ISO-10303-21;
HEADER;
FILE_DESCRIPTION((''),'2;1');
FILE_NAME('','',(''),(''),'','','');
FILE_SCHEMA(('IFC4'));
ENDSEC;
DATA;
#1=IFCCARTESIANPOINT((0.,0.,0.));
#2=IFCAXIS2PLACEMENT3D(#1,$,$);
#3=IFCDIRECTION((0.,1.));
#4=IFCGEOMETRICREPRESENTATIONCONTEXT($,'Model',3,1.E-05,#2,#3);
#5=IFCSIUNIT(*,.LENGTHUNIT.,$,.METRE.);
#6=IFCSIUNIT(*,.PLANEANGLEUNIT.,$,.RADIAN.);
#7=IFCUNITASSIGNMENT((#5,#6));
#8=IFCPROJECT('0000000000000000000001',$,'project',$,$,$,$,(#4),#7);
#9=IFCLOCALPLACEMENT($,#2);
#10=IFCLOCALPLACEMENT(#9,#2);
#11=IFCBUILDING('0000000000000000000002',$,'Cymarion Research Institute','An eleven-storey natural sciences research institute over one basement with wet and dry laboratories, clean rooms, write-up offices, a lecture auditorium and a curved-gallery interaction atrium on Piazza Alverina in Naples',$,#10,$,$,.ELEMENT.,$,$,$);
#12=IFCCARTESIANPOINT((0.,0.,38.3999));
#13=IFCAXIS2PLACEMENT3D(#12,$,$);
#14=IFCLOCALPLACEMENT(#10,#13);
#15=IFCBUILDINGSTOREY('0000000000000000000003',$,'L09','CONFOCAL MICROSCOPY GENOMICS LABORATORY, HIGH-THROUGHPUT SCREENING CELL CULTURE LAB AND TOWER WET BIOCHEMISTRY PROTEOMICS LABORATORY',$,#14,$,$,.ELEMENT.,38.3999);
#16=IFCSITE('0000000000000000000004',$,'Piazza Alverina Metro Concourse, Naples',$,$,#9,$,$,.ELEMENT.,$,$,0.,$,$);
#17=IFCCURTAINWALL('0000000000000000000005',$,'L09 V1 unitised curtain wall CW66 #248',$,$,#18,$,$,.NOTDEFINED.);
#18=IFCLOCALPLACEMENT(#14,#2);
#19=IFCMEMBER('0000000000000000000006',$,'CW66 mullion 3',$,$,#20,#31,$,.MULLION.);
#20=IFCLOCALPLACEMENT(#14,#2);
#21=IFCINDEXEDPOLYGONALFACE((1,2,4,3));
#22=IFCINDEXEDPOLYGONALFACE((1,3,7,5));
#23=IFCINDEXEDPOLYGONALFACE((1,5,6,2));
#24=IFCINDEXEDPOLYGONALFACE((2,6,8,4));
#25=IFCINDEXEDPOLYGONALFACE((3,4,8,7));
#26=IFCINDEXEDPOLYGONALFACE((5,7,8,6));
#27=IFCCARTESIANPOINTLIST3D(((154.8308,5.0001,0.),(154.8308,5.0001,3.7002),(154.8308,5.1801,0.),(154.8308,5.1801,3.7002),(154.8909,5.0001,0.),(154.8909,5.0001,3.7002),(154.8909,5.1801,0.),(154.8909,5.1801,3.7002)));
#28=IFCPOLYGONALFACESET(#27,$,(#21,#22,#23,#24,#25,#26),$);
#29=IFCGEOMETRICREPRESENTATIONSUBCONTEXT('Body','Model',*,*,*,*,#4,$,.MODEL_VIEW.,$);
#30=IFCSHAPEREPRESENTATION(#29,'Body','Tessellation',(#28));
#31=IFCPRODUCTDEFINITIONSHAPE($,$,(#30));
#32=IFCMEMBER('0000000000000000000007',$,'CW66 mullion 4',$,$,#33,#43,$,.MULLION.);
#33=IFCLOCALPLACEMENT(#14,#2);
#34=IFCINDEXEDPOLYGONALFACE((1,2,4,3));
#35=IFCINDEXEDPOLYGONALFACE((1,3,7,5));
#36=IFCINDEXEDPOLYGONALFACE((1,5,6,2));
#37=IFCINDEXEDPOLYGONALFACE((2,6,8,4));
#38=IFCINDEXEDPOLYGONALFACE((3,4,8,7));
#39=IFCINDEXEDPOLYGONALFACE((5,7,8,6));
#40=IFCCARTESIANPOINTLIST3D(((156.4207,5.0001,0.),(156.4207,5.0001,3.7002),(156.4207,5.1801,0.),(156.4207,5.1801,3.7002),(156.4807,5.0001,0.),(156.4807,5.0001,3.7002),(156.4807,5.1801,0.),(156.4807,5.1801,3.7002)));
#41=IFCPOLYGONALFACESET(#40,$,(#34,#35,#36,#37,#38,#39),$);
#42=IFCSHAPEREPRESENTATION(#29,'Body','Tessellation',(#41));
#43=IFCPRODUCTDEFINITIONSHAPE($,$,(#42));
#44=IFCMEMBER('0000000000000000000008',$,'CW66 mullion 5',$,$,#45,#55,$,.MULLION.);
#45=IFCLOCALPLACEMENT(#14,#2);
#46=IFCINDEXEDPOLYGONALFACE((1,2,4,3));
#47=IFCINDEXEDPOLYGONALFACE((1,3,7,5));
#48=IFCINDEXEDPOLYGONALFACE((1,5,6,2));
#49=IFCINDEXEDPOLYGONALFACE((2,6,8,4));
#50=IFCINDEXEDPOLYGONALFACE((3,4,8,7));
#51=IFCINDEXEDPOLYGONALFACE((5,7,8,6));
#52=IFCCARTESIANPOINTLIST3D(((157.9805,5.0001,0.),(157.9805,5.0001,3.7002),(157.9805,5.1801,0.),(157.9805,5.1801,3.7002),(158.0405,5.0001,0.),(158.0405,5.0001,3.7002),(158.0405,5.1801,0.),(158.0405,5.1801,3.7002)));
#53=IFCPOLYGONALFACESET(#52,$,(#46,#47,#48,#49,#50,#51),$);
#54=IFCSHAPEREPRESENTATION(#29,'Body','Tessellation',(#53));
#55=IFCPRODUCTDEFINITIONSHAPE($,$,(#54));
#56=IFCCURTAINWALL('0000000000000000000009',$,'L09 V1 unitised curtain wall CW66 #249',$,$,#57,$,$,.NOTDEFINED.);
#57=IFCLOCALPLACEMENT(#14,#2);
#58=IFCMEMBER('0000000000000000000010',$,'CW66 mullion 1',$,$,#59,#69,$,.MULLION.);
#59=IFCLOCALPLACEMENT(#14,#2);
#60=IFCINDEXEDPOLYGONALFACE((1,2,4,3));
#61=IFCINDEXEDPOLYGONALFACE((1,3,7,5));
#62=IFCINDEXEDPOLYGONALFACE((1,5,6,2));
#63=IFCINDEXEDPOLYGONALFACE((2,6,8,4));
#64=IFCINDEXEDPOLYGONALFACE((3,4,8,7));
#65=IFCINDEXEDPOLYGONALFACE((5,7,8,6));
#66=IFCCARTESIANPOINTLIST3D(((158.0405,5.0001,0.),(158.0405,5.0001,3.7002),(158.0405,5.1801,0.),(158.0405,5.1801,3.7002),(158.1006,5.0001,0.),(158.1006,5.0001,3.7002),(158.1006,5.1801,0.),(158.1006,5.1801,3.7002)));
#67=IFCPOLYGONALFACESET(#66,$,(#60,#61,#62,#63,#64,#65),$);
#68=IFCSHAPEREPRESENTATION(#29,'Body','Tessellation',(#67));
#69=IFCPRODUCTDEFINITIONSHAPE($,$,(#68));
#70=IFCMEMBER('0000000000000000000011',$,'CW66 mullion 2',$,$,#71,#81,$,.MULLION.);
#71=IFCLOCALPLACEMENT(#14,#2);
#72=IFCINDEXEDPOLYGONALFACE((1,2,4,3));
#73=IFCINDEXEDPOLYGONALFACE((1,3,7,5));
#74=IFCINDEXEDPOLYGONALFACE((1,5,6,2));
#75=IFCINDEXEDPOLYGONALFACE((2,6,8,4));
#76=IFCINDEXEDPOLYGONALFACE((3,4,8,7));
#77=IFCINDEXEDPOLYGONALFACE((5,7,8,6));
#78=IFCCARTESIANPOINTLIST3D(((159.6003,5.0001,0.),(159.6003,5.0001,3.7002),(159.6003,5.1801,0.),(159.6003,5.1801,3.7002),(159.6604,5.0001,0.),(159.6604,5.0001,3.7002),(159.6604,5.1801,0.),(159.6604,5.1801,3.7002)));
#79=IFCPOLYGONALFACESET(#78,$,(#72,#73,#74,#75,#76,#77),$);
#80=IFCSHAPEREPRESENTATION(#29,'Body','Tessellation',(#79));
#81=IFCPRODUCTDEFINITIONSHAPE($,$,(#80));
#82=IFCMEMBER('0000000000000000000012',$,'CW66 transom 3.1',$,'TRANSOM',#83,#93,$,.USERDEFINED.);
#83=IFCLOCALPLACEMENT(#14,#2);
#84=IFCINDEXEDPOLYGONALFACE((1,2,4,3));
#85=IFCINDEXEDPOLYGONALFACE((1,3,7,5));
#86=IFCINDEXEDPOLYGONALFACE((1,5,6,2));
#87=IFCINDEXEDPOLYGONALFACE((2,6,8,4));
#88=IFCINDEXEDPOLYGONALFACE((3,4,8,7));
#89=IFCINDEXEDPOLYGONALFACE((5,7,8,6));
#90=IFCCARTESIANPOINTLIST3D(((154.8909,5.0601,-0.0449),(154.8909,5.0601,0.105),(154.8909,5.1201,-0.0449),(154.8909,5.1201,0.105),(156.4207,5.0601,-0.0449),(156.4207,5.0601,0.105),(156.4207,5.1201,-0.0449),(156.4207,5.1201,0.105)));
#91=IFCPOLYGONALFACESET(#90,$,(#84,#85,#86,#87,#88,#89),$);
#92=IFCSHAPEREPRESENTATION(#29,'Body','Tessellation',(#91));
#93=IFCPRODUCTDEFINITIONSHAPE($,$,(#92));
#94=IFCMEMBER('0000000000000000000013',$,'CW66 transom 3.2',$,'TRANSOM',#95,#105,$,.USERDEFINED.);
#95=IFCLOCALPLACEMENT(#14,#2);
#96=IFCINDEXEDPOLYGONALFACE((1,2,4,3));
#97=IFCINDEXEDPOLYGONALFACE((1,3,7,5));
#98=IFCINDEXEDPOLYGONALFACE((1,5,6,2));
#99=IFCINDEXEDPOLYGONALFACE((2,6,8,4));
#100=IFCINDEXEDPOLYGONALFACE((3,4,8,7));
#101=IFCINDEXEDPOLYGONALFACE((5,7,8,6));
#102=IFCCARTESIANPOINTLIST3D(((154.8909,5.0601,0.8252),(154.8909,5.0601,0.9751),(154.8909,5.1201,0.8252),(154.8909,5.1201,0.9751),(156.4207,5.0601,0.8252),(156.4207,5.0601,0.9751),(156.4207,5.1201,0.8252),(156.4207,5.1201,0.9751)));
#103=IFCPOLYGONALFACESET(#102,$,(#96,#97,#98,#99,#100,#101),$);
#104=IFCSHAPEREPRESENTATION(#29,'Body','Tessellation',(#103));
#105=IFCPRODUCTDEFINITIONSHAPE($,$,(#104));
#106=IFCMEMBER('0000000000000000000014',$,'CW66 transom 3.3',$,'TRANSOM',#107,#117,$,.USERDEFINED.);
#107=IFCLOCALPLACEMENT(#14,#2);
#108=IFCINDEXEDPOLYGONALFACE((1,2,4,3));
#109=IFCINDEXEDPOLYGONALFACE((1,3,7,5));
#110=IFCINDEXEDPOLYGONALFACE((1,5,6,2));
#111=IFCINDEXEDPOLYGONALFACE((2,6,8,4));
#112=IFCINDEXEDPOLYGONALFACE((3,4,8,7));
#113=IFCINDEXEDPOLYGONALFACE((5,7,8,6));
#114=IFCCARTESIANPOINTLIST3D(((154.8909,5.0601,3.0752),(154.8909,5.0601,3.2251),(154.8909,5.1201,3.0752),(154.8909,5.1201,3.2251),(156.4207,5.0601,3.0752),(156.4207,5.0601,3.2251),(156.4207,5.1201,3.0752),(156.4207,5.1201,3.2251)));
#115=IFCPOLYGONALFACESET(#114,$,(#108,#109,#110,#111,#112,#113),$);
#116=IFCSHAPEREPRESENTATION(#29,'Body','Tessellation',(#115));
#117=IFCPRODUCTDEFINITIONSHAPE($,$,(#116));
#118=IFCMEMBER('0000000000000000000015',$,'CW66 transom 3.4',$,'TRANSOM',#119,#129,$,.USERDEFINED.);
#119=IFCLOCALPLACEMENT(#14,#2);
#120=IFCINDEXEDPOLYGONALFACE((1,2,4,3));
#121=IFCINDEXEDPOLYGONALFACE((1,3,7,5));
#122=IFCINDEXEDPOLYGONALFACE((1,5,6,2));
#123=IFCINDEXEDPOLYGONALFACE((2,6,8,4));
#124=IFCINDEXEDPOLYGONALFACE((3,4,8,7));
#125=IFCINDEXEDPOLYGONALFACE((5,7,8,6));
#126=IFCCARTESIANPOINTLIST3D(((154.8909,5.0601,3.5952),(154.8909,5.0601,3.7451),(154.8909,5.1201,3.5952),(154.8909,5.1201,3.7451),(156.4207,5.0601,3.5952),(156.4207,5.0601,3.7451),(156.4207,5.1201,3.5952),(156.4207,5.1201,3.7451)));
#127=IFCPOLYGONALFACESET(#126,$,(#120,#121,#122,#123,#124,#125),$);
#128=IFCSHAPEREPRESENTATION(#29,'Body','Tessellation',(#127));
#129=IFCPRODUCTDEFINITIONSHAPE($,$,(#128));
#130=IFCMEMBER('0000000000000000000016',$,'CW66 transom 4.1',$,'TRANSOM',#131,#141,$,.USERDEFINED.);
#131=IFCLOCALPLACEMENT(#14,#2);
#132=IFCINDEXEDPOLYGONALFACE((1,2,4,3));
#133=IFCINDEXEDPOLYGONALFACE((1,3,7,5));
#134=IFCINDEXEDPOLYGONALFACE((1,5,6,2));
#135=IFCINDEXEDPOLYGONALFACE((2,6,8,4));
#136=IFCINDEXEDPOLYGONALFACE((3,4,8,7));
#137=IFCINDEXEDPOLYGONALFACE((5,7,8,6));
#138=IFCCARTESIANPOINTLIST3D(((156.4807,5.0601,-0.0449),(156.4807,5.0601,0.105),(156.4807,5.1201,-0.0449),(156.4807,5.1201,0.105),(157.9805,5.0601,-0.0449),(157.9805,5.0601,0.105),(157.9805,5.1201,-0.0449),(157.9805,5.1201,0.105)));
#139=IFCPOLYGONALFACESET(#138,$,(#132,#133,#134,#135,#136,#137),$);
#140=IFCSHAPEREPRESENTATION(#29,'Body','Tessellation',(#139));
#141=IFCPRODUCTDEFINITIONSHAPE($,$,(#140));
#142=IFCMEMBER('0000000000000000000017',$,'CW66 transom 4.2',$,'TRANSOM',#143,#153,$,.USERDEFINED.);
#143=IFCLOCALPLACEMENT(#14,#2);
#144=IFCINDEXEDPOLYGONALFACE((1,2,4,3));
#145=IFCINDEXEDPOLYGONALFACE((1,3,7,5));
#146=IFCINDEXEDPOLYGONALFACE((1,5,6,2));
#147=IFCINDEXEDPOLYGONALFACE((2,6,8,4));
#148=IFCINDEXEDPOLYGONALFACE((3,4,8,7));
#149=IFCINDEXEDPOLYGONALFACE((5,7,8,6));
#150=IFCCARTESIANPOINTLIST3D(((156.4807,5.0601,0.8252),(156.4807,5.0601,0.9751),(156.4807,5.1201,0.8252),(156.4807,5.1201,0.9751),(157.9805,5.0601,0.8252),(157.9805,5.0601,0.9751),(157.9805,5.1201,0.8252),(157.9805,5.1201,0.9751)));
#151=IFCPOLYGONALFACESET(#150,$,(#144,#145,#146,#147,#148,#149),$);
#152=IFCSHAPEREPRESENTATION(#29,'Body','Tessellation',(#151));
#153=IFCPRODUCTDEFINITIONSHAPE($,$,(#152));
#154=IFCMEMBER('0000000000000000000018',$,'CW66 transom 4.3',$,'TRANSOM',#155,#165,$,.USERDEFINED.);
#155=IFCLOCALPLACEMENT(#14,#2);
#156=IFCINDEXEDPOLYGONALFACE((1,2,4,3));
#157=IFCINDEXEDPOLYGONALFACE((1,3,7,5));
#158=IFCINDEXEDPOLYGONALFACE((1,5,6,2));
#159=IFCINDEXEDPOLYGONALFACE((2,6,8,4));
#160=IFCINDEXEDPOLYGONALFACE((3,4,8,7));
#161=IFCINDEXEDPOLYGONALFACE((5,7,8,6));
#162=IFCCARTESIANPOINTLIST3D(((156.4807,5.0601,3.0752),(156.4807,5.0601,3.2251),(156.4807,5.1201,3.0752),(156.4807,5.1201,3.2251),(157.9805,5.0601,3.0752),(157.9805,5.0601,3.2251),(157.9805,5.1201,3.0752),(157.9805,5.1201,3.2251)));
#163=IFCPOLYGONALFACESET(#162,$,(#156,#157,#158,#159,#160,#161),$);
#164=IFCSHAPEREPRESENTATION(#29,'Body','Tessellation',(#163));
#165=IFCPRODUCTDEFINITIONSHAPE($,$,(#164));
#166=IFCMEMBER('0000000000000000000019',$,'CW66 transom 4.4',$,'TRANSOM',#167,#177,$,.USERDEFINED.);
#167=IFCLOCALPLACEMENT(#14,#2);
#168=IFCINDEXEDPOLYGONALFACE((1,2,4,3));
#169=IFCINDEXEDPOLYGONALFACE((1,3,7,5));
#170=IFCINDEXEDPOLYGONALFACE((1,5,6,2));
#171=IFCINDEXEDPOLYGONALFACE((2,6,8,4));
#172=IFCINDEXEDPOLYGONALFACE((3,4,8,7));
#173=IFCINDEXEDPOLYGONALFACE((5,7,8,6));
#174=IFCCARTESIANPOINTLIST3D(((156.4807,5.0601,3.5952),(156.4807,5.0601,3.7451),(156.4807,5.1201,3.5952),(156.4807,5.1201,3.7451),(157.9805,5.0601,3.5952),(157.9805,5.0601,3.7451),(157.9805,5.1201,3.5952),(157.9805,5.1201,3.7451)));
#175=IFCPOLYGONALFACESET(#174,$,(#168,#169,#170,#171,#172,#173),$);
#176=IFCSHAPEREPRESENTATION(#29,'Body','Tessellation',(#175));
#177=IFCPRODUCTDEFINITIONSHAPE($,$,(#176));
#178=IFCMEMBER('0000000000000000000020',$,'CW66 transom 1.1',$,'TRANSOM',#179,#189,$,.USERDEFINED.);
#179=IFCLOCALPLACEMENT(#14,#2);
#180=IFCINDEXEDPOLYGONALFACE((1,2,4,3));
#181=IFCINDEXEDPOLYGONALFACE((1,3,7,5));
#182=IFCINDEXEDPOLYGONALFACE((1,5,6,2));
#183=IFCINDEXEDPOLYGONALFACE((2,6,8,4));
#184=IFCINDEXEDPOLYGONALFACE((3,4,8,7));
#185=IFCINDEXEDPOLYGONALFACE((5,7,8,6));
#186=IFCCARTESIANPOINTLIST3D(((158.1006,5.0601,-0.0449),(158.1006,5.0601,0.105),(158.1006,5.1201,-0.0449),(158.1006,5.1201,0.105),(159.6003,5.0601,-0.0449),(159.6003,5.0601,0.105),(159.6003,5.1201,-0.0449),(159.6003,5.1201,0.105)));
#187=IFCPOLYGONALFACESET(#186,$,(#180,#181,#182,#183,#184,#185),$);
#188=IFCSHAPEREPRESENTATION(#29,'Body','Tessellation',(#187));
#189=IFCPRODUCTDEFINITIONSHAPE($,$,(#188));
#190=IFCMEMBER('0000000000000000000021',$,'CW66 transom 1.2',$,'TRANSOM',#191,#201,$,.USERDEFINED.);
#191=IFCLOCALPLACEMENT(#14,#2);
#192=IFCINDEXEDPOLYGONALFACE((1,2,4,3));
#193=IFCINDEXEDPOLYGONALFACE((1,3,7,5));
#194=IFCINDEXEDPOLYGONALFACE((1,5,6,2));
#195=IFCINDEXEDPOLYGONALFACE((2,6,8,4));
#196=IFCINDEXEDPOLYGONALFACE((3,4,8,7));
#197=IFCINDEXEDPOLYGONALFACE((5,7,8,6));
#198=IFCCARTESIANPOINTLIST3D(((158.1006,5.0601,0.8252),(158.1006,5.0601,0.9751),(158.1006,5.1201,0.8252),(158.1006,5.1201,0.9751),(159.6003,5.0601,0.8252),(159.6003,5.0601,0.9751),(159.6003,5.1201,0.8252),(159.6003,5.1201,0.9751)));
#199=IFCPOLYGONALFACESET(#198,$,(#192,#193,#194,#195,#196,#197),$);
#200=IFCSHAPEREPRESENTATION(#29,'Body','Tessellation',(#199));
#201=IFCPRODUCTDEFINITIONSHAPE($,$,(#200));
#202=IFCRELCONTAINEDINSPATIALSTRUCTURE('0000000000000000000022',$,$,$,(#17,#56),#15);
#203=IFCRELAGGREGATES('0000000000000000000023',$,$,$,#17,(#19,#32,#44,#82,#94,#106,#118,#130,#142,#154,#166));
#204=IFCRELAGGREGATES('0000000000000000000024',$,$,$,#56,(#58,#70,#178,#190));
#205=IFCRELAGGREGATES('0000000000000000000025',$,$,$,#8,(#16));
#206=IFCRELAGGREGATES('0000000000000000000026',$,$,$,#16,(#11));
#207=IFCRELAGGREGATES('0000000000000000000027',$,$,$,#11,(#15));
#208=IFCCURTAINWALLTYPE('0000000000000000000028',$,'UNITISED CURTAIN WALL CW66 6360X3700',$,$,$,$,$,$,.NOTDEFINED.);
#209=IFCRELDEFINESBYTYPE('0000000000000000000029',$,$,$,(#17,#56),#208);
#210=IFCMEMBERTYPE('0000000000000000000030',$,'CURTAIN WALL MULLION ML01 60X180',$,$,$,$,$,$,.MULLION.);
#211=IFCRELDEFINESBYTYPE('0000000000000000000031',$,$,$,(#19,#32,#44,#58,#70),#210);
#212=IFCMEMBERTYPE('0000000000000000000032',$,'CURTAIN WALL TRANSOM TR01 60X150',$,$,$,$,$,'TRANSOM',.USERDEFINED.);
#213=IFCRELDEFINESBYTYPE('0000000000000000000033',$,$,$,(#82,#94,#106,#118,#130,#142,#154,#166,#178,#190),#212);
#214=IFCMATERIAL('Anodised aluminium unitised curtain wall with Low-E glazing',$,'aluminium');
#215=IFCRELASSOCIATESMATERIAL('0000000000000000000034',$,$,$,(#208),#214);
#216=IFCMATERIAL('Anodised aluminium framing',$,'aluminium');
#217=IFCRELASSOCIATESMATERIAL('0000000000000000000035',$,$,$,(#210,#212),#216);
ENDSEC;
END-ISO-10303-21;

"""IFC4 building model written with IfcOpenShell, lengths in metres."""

from ifc_helpers import new_model, si_unit, direction, frame, origin, origin_2d, place, context, subcontext, project, spatial, rectangle, extrude, material, material_profile, profile_set, type_object, element, aggregate, save


model = new_model("IFC4")

# Units and contexts
model_context = context("Model", 3, precision=1e-05, world=origin(), true_north=direction((0.0, 1.0)))
body_context = subcontext(model_context, "Body", "Model", "MODEL_VIEW")
ifc_project = project(units=[si_unit("LENGTHUNIT", "METRE"), si_unit("PLANEANGLEUNIT", "RADIAN")], contexts=[model_context])

# Site, building, storey
site_placement = place(None, origin())
site = spatial("IfcSite", under=ifc_project, at=site_placement, Name="Piazza Alverina Metro Concourse, Naples", CompositionType="ELEMENT", RefElevation=0.0)
building_placement = place(site_placement, origin())
building = spatial("IfcBuilding", under=site, at=building_placement, Name="Cymarion Research Institute", Description="An eleven-storey natural sciences research institute over one basement with wet and dry laboratories, clean rooms, write-up offices, a lecture auditorium and a curved-gallery interaction atrium on Piazza Alverina in Naples", CompositionType="ELEMENT")
storey_placement = place(building_placement, frame((0.0, 0.0, 38.3999)))
storey = spatial("IfcBuildingStorey", under=building, at=storey_placement, Name="L09", Description="CONFOCAL MICROSCOPY GENOMICS LABORATORY, HIGH-THROUGHPUT SCREENING CELL CULTURE LAB AND TOWER WET BIOCHEMISTRY PROTEOMICS LABORATORY", CompositionType="ELEMENT", Elevation=38.3999)

# Curtain walls, members
ifc_material_1 = material(Name="Anodised aluminium unitised curtain wall with Low-E glazing", Category="aluminium")
curtain_wall_type = type_object("IfcCurtainWallType", Name="UNITISED CURTAIN WALL CW66 6360X3700", PredefinedType="NOTDEFINED", material=ifc_material_1)
curtain_wall_1_placement = place(storey_placement, origin())
curtain_wall_1 = element("IfcCurtainWall", 1, at=curtain_wall_1_placement, inside=storey, type_object=curtain_wall_type, Name="L09 V1 unitised curtain wall CW66 #248", PredefinedType="NOTDEFINED")
ifc_material_2 = material(Name="Anodised aluminium framing", Category="aluminium")
ifc_material_profile_1 = material_profile(ifc_material_2, rectangle(XDim=0.0601, YDim=0.1799, at=origin_2d()), Name="ALU MULLION 60x180")
ifc_profile_set_1 = profile_set([ifc_material_profile_1], Name="Anodised aluminium framing")
member_type_1 = type_object("IfcMemberType", Name="CURTAIN WALL MULLION ML01 60X180", PredefinedType="MULLION", material=ifc_profile_set_1)
member_1_placement = place(storey_placement, frame((154.8608, 5.0901, 0.0), z_axis=(0.0, 0.0, 1.0), x_axis=(1.0, 0.0, 0.0)))
member_1 = element("IfcMember", 2, at=member_1_placement, type_object=member_type_1, Name="CW66 mullion 3", PredefinedType="MULLION", context=body_context, shape_type="SweptSolid", body=[
    extrude(rectangle(XDim=0.0601, YDim=0.1799, at=origin_2d()), origin(), (0.0, 0.0, 1.0), 3.7002),
])
member_2_placement = place(storey_placement, frame((156.4507, 5.0901, 0.0), z_axis=(0.0, 0.0, 1.0), x_axis=(1.0, 0.0, 0.0)))
member_2 = element("IfcMember", 3, at=member_2_placement, type_object=member_type_1, Name="CW66 mullion 4", PredefinedType="MULLION", context=body_context, shape_type="SweptSolid", body=[
    extrude(rectangle(XDim=0.0601, YDim=0.1799, at=origin_2d()), origin(), (0.0, 0.0, 1.0), 3.7002),
])
member_3_placement = place(storey_placement, frame((158.0105, 5.0901, 0.0), z_axis=(0.0, 0.0, 1.0), x_axis=(1.0, 0.0, 0.0)))
member_3 = element("IfcMember", 4, at=member_3_placement, type_object=member_type_1, Name="CW66 mullion 5", PredefinedType="MULLION", context=body_context, shape_type="SweptSolid", body=[
    extrude(rectangle(XDim=0.0601, YDim=0.1799, at=origin_2d()), origin(), (0.0, 0.0, 1.0), 3.7002),
])
curtain_wall_2_placement = place(storey_placement, origin())
curtain_wall_2 = element("IfcCurtainWall", 5, at=curtain_wall_2_placement, inside=storey, type_object=curtain_wall_type, Name="L09 V1 unitised curtain wall CW66 #249", PredefinedType="NOTDEFINED")
member_4_placement = place(storey_placement, frame((158.0706, 5.0901, 0.0), z_axis=(0.0, 0.0, 1.0), x_axis=(1.0, 0.0, 0.0)))
member_4 = element("IfcMember", 6, at=member_4_placement, type_object=member_type_1, Name="CW66 mullion 1", PredefinedType="MULLION", context=body_context, shape_type="SweptSolid", body=[
    extrude(rectangle(XDim=0.0601, YDim=0.1799, at=origin_2d()), origin(), (0.0, 0.0, 1.0), 3.7002),
])
member_5_placement = place(storey_placement, frame((159.6304, 5.0901, 0.0), z_axis=(0.0, 0.0, 1.0), x_axis=(1.0, 0.0, 0.0)))
member_5 = element("IfcMember", 7, at=member_5_placement, type_object=member_type_1, Name="CW66 mullion 2", PredefinedType="MULLION", context=body_context, shape_type="SweptSolid", body=[
    extrude(rectangle(XDim=0.0601, YDim=0.1799, at=origin_2d()), origin(), (0.0, 0.0, 1.0), 3.7002),
])

# Members
ifc_material_profile_2 = material_profile(ifc_material_2, rectangle(XDim=0.0601, YDim=0.1499, at=origin_2d()), Name="ALU TRANSOM 60x150")
ifc_profile_set_2 = profile_set([ifc_material_profile_2], Name="Anodised aluminium framing")
member_type_2 = type_object("IfcMemberType", Name="CURTAIN WALL TRANSOM TR01 60X150", ElementType="TRANSOM", PredefinedType="USERDEFINED", material=ifc_profile_set_2)
member_6_placement = place(storey_placement, frame((154.8909, 5.0901, 0.03), z_axis=(1.0, 0.0, 0.0), x_axis=(0.0, 1.0, 0.0)))
member_6 = element("IfcMember", 8, at=member_6_placement, type_object=member_type_2, Name="CW66 transom 3.1", ObjectType="TRANSOM", PredefinedType="USERDEFINED", context=body_context, shape_type="SweptSolid", body=[
    extrude(rectangle(XDim=0.0601, YDim=0.1499, at=origin_2d()), origin(), (0.0, 0.0, 1.0), 1.5298),
])
member_7_placement = place(storey_placement, frame((154.8909, 5.0901, 0.9001), z_axis=(1.0, 0.0, 0.0), x_axis=(0.0, 1.0, 0.0)))
member_7 = element("IfcMember", 9, at=member_7_placement, type_object=member_type_2, Name="CW66 transom 3.2", ObjectType="TRANSOM", PredefinedType="USERDEFINED", context=body_context, shape_type="SweptSolid", body=[
    extrude(rectangle(XDim=0.0601, YDim=0.1499, at=origin_2d()), origin(), (0.0, 0.0, 1.0), 1.5298),
])
member_8_placement = place(storey_placement, frame((154.8909, 5.0901, 3.1501), z_axis=(1.0, 0.0, 0.0), x_axis=(0.0, 1.0, 0.0)))
member_8 = element("IfcMember", 10, at=member_8_placement, type_object=member_type_2, Name="CW66 transom 3.3", ObjectType="TRANSOM", PredefinedType="USERDEFINED", context=body_context, shape_type="SweptSolid", body=[
    extrude(rectangle(XDim=0.0601, YDim=0.1499, at=origin_2d()), origin(), (0.0, 0.0, 1.0), 1.5298),
])
member_9_placement = place(storey_placement, frame((154.8909, 5.0901, 3.6702), z_axis=(1.0, 0.0, 0.0), x_axis=(0.0, 1.0, 0.0)))
member_9 = element("IfcMember", 11, at=member_9_placement, type_object=member_type_2, Name="CW66 transom 3.4", ObjectType="TRANSOM", PredefinedType="USERDEFINED", context=body_context, shape_type="SweptSolid", body=[
    extrude(rectangle(XDim=0.0601, YDim=0.1499, at=origin_2d()), origin(), (0.0, 0.0, 1.0), 1.5298),
])
member_10_placement = place(storey_placement, frame((156.4807, 5.0901, 0.03), z_axis=(1.0, 0.0, 0.0), x_axis=(0.0, 1.0, 0.0)))
member_10 = element("IfcMember", 12, at=member_10_placement, type_object=member_type_2, Name="CW66 transom 4.1", ObjectType="TRANSOM", PredefinedType="USERDEFINED", context=body_context, shape_type="SweptSolid", body=[
    extrude(rectangle(XDim=0.0601, YDim=0.1499, at=origin_2d()), origin(), (0.0, 0.0, 1.0), 1.4998),
])
member_11_placement = place(storey_placement, frame((156.4807, 5.0901, 0.9001), z_axis=(1.0, 0.0, 0.0), x_axis=(0.0, 1.0, 0.0)))
member_11 = element("IfcMember", 13, at=member_11_placement, type_object=member_type_2, Name="CW66 transom 4.2", ObjectType="TRANSOM", PredefinedType="USERDEFINED", context=body_context, shape_type="SweptSolid", body=[
    extrude(rectangle(XDim=0.0601, YDim=0.1499, at=origin_2d()), origin(), (0.0, 0.0, 1.0), 1.4998),
])
member_12_placement = place(storey_placement, frame((156.4807, 5.0901, 3.1501), z_axis=(1.0, 0.0, 0.0), x_axis=(0.0, 1.0, 0.0)))
member_12 = element("IfcMember", 14, at=member_12_placement, type_object=member_type_2, Name="CW66 transom 4.3", ObjectType="TRANSOM", PredefinedType="USERDEFINED", context=body_context, shape_type="SweptSolid", body=[
    extrude(rectangle(XDim=0.0601, YDim=0.1499, at=origin_2d()), origin(), (0.0, 0.0, 1.0), 1.4998),
])
member_13_placement = place(storey_placement, frame((156.4807, 5.0901, 3.6702), z_axis=(1.0, 0.0, 0.0), x_axis=(0.0, 1.0, 0.0)))
member_13 = element("IfcMember", 15, at=member_13_placement, type_object=member_type_2, Name="CW66 transom 4.4", ObjectType="TRANSOM", PredefinedType="USERDEFINED", context=body_context, shape_type="SweptSolid", body=[
    extrude(rectangle(XDim=0.0601, YDim=0.1499, at=origin_2d()), origin(), (0.0, 0.0, 1.0), 1.4998),
])
member_14_placement = place(storey_placement, frame((158.1006, 5.0901, 0.03), z_axis=(1.0, 0.0, 0.0), x_axis=(0.0, 1.0, 0.0)))
member_14 = element("IfcMember", 16, at=member_14_placement, type_object=member_type_2, Name="CW66 transom 1.1", ObjectType="TRANSOM", PredefinedType="USERDEFINED", context=body_context, shape_type="SweptSolid", body=[
    extrude(rectangle(XDim=0.0601, YDim=0.1499, at=origin_2d()), origin(), (0.0, 0.0, 1.0), 1.4998),
])
member_15_placement = place(storey_placement, frame((158.1006, 5.0901, 0.9001), z_axis=(1.0, 0.0, 0.0), x_axis=(0.0, 1.0, 0.0)))
member_15 = element("IfcMember", 17, at=member_15_placement, type_object=member_type_2, Name="CW66 transom 1.2", ObjectType="TRANSOM", PredefinedType="USERDEFINED", context=body_context, shape_type="SweptSolid", body=[
    extrude(rectangle(XDim=0.0601, YDim=0.1499, at=origin_2d()), origin(), (0.0, 0.0, 1.0), 1.4998),
])

aggregate(curtain_wall_1, [member_1, member_2, member_3, member_6, member_7, member_8, member_9, member_10, member_11, member_12, member_13])
aggregate(curtain_wall_2, [member_4, member_5, member_14, member_15])

save(model, "model.ifc")
